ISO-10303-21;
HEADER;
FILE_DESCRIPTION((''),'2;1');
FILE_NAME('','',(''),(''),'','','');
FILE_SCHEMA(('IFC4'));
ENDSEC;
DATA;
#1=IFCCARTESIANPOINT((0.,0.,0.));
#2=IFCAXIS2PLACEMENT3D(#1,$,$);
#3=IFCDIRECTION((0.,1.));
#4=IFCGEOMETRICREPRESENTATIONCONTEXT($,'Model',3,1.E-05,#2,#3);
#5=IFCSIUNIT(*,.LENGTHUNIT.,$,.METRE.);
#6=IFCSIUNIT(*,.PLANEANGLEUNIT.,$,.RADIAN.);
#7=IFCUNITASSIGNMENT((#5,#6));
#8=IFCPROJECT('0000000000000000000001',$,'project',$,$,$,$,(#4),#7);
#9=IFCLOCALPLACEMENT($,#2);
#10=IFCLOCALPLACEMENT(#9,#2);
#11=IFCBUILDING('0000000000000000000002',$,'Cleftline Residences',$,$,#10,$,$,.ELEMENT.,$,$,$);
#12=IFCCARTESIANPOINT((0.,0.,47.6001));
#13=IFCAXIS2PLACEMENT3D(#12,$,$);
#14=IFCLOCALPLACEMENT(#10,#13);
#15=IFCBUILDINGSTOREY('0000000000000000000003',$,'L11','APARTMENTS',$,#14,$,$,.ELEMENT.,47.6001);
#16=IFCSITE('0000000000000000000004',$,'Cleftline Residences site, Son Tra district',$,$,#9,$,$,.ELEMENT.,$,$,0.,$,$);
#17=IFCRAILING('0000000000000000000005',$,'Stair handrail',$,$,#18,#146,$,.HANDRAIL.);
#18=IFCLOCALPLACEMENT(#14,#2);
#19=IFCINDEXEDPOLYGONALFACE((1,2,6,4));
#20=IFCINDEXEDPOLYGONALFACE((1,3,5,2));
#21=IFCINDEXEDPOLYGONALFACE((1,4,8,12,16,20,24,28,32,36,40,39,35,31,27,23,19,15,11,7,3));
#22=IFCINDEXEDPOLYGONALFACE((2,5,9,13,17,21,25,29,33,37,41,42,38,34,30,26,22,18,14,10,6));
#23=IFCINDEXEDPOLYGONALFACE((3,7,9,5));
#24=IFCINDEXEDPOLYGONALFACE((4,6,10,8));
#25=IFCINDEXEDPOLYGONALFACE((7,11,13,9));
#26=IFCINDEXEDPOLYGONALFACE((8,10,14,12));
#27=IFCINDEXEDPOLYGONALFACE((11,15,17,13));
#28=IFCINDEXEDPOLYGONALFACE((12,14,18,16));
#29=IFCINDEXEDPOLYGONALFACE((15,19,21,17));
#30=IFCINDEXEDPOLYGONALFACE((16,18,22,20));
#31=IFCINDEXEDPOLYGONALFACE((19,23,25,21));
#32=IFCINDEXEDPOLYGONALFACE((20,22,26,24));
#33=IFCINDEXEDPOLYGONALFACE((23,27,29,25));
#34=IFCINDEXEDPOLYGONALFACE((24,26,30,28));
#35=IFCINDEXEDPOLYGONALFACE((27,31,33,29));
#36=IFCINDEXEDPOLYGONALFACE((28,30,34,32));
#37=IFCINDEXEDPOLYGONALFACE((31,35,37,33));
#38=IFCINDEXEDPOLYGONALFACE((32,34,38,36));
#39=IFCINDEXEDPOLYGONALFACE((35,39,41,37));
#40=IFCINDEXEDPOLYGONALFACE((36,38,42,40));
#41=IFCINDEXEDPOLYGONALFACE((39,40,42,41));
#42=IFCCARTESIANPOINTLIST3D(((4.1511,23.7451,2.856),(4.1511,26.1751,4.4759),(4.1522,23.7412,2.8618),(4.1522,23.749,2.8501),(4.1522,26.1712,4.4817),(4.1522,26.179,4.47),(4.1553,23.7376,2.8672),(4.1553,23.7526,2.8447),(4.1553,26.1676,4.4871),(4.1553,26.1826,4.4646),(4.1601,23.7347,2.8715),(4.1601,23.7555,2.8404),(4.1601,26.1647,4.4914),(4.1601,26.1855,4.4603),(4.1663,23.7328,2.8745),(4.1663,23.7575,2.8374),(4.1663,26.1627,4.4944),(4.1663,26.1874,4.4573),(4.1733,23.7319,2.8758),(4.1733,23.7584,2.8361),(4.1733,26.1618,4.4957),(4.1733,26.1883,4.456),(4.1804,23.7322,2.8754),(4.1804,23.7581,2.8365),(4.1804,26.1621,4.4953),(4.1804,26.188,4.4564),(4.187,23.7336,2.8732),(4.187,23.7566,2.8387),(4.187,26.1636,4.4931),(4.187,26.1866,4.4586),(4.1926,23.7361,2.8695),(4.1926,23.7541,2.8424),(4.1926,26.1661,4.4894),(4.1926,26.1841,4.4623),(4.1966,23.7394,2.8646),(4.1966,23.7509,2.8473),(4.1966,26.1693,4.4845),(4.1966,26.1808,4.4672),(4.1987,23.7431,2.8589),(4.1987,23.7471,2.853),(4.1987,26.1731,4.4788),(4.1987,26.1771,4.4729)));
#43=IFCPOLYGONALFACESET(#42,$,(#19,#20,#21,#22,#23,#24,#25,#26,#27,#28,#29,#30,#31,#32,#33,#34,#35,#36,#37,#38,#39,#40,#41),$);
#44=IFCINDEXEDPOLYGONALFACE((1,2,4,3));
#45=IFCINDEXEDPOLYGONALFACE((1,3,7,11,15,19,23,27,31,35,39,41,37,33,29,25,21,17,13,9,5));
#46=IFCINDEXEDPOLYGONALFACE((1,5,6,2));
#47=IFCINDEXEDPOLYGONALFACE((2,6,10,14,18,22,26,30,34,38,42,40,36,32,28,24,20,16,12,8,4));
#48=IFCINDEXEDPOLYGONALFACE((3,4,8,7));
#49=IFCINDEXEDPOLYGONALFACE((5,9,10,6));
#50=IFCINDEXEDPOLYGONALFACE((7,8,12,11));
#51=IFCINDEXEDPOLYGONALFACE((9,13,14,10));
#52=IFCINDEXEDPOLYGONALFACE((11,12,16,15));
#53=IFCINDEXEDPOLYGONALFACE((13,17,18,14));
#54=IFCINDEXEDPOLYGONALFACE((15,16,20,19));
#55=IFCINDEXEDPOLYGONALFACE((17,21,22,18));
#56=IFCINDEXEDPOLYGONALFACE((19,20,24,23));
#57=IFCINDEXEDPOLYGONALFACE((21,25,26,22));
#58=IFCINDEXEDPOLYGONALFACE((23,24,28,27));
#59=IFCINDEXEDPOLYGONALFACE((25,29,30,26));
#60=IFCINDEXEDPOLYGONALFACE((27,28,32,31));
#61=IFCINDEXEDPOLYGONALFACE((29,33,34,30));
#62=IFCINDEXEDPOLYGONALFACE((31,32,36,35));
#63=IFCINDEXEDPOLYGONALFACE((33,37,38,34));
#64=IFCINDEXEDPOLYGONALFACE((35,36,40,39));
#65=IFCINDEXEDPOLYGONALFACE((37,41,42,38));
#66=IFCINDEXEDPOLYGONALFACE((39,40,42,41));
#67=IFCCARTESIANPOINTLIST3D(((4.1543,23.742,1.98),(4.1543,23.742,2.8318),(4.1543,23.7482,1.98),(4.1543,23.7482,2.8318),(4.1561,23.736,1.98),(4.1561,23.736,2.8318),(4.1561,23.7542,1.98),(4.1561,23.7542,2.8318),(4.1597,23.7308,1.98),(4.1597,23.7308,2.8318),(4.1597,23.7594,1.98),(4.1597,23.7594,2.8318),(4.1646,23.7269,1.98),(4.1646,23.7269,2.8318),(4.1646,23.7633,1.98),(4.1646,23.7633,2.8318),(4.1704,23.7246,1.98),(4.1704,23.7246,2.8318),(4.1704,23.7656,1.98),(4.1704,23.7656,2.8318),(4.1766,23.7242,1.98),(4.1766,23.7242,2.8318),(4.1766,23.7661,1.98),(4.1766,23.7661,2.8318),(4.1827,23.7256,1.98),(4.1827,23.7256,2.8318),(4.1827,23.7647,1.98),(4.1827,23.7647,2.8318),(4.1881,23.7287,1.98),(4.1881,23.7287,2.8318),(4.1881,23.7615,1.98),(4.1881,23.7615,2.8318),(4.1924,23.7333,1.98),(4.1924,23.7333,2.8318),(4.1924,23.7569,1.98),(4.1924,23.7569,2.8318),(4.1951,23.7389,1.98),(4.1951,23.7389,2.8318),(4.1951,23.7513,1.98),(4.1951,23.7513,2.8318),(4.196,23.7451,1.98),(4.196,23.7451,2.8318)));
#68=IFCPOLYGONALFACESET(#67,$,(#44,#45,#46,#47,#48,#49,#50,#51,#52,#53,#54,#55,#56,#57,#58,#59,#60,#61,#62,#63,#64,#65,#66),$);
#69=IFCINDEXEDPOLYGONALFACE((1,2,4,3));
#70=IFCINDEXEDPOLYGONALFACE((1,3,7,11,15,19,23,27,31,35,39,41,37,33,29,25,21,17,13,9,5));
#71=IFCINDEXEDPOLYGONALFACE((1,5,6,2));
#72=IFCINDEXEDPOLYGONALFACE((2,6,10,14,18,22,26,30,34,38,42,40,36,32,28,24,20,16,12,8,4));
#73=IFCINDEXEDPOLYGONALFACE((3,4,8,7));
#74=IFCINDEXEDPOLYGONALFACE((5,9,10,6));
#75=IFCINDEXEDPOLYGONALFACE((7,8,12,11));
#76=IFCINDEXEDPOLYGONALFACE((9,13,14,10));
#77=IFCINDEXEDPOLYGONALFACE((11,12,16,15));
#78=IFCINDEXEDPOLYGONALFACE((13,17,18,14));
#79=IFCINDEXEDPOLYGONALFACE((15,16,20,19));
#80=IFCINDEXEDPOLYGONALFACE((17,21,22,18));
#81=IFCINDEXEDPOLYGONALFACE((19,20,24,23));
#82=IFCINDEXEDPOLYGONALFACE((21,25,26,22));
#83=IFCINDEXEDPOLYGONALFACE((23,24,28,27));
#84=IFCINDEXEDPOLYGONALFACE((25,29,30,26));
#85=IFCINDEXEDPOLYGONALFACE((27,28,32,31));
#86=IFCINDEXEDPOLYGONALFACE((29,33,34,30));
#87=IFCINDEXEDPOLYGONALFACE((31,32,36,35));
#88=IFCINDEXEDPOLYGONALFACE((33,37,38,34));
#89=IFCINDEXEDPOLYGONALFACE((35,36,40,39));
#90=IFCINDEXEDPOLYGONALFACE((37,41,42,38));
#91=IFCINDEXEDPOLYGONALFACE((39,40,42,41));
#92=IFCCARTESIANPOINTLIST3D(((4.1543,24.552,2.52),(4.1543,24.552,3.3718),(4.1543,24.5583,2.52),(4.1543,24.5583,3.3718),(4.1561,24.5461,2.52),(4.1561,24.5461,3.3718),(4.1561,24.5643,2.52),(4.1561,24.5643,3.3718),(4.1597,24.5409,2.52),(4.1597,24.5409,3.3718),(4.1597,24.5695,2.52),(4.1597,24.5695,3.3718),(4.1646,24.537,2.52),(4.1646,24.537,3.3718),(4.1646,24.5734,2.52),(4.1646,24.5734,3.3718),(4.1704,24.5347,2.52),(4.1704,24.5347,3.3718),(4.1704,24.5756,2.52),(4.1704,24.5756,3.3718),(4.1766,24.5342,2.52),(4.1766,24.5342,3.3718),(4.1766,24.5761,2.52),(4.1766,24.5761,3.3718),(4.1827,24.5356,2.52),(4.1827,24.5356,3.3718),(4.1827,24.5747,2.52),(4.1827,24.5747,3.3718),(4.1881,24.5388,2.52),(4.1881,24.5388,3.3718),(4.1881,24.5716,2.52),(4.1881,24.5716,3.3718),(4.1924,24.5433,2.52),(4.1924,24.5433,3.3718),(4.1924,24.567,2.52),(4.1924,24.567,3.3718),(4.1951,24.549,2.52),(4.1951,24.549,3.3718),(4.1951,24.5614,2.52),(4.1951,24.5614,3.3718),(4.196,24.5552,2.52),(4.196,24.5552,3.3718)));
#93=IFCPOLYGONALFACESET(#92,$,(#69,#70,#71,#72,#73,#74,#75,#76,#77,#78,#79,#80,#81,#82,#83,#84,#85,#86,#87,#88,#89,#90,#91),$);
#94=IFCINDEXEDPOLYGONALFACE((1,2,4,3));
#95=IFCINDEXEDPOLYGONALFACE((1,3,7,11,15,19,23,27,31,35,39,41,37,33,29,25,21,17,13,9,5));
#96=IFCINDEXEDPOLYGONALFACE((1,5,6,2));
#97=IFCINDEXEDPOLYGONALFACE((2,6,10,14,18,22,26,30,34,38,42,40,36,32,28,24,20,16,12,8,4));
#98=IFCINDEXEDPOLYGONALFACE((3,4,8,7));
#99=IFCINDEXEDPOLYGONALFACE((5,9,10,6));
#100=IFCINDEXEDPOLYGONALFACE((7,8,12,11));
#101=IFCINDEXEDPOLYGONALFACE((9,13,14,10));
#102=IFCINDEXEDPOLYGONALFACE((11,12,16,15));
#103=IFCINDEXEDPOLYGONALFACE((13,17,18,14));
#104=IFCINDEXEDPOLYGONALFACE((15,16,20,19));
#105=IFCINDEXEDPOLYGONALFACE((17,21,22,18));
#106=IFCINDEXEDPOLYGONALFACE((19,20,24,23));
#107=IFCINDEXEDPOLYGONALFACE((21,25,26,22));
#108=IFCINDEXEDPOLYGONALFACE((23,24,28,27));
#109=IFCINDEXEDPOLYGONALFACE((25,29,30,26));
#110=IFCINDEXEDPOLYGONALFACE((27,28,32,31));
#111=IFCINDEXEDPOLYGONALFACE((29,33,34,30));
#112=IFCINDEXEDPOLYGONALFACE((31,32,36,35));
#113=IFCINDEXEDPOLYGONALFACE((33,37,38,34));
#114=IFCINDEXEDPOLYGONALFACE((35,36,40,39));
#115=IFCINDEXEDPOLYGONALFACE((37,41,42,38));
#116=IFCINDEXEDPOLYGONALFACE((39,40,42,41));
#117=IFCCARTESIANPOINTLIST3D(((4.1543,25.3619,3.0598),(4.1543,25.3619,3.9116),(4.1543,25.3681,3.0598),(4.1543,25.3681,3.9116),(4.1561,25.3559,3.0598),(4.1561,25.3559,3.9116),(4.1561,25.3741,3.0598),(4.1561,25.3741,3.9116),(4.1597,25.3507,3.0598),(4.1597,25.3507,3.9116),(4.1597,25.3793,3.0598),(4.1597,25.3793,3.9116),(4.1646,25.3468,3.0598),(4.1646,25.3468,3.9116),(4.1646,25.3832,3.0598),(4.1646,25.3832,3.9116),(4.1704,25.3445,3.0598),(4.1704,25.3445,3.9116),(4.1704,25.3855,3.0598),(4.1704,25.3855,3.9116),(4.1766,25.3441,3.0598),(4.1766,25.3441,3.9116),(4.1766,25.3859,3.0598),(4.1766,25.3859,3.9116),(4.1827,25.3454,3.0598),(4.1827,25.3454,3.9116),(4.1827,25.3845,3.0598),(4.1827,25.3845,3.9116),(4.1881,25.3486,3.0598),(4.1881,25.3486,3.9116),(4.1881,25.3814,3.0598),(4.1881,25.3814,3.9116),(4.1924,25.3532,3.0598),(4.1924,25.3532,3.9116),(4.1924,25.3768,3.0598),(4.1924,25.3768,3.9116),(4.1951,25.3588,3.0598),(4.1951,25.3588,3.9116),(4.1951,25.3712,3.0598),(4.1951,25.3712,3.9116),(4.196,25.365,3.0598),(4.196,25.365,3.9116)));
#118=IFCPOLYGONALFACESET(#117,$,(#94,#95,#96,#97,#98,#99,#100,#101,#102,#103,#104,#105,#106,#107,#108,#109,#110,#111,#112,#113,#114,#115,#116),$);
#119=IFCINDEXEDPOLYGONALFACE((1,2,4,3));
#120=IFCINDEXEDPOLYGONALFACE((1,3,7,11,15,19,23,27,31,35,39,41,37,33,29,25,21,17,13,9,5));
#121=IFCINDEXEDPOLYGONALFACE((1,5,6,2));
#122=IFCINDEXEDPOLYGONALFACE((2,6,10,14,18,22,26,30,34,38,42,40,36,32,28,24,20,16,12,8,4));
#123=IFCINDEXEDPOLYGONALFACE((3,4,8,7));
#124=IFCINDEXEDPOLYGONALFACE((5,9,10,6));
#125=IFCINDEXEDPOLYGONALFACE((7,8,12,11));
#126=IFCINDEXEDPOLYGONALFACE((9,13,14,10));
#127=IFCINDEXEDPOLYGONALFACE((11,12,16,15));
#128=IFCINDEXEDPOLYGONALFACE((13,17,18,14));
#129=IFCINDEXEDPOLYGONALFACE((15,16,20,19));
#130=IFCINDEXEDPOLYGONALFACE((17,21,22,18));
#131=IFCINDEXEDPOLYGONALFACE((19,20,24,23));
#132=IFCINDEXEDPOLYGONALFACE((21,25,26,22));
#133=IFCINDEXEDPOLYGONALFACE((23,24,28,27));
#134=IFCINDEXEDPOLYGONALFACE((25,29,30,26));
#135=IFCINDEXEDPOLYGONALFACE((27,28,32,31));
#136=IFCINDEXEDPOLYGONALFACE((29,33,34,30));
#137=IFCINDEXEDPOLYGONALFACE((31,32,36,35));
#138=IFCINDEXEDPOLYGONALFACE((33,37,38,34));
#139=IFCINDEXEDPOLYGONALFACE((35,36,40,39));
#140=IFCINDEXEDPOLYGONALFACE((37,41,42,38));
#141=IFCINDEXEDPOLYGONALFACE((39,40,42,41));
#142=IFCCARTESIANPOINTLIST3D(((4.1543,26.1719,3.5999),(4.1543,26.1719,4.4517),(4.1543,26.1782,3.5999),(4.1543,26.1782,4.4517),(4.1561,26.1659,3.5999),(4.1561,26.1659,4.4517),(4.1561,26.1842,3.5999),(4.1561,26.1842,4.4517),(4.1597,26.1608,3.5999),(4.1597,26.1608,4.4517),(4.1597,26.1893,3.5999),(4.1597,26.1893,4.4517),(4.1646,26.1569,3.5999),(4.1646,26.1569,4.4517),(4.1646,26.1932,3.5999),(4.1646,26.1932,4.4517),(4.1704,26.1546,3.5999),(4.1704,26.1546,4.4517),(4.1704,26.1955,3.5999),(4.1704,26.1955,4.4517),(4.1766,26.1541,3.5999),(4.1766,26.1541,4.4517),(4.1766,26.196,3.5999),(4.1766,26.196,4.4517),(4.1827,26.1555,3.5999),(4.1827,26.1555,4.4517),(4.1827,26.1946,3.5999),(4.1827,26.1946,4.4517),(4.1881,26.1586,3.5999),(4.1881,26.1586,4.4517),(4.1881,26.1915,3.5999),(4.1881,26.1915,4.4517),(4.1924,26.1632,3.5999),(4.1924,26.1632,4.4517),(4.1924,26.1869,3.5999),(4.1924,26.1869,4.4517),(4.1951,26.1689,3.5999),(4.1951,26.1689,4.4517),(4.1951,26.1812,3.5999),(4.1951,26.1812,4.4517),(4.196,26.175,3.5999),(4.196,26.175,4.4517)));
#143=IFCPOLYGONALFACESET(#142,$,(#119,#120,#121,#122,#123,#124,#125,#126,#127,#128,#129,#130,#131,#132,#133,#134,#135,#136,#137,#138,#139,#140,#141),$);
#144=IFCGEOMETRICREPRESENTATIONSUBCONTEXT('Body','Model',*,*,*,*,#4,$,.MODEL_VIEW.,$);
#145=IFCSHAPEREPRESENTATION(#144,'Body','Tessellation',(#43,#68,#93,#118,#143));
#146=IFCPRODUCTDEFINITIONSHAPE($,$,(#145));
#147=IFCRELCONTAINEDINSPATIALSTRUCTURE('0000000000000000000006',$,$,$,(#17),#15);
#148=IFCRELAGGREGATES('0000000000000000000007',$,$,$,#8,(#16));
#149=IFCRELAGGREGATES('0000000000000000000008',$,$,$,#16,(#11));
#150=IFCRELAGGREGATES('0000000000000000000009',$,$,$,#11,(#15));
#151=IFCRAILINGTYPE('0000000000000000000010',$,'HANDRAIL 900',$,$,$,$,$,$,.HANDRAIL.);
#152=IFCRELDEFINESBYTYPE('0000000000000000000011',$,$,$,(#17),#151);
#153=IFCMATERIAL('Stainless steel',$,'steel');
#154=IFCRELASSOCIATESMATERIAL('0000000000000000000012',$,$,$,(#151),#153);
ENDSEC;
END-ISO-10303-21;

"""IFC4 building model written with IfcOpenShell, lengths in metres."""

from ifc_helpers import new_model, si_unit, direction, frame, origin, origin_2d, place, context, subcontext, project, spatial, circle, extrude, material, type_object, element, save


model = new_model("IFC4")

# Units and contexts
model_context = context("Model", 3, precision=1e-05, world=origin(), true_north=direction((0.0, 1.0)))
body_context = subcontext(model_context, "Body", "Model", "MODEL_VIEW")
ifc_project = project(units=[si_unit("LENGTHUNIT", "METRE"), si_unit("PLANEANGLEUNIT", "RADIAN")], contexts=[model_context])

# Site, building, storey
site_placement = place(None, origin())
site = spatial("IfcSite", under=ifc_project, at=site_placement, Name="Cleftline Residences site, Son Tra district", CompositionType="ELEMENT", RefElevation=0.0)
building_placement = place(site_placement, origin())
building = spatial("IfcBuilding", under=site, at=building_placement, Name="Cleftline Residences", CompositionType="ELEMENT")
storey_placement = place(building_placement, frame((0.0, 0.0, 47.6001)))
storey = spatial("IfcBuildingStorey", under=building, at=storey_placement, Name="L11", Description="APARTMENTS", CompositionType="ELEMENT", Elevation=47.6001)

# Railing
ifc_material_1 = material(Name="Stainless steel", Category="steel")
railing_type = type_object("IfcRailingType", Name="HANDRAIL 900", PredefinedType="HANDRAIL", material=ifc_material_1)
railing_1_placement = place(storey_placement, frame((4.175, 23.7451, 1.98)))
element("IfcRailing", 1, at=railing_1_placement, inside=storey, type_object=railing_type, Name="Stair handrail", PredefinedType="HANDRAIL", context=body_context, shape_type="SweptSolid", body=[
    extrude(circle(Radius=0.0239, at=origin_2d()), frame((0.0, 0.0, 0.876), z_axis=(0.0, 0.832063, 0.554681), x_axis=(-1.0, 0.0, 0.0)), (0.0, 0.0, 1.0), 2.9204),
    extrude(circle(Radius=0.021, at=origin_2d()), origin(), (0.0, 0.0, 1.0), 0.8518),
    extrude(circle(Radius=0.021, at=origin_2d()), frame((0.0, 0.8101, 0.54)), (0.0, 0.0, 1.0), 0.8518),
    extrude(circle(Radius=0.021, at=origin_2d()), frame((0.0, 1.6199, 1.0798)), (0.0, 0.0, 1.0), 0.8518),
    extrude(circle(Radius=0.021, at=origin_2d()), frame((0.0, 2.4299, 1.6199)), (0.0, 0.0, 1.0), 0.8518),
])

save(model, "model.ifc")
